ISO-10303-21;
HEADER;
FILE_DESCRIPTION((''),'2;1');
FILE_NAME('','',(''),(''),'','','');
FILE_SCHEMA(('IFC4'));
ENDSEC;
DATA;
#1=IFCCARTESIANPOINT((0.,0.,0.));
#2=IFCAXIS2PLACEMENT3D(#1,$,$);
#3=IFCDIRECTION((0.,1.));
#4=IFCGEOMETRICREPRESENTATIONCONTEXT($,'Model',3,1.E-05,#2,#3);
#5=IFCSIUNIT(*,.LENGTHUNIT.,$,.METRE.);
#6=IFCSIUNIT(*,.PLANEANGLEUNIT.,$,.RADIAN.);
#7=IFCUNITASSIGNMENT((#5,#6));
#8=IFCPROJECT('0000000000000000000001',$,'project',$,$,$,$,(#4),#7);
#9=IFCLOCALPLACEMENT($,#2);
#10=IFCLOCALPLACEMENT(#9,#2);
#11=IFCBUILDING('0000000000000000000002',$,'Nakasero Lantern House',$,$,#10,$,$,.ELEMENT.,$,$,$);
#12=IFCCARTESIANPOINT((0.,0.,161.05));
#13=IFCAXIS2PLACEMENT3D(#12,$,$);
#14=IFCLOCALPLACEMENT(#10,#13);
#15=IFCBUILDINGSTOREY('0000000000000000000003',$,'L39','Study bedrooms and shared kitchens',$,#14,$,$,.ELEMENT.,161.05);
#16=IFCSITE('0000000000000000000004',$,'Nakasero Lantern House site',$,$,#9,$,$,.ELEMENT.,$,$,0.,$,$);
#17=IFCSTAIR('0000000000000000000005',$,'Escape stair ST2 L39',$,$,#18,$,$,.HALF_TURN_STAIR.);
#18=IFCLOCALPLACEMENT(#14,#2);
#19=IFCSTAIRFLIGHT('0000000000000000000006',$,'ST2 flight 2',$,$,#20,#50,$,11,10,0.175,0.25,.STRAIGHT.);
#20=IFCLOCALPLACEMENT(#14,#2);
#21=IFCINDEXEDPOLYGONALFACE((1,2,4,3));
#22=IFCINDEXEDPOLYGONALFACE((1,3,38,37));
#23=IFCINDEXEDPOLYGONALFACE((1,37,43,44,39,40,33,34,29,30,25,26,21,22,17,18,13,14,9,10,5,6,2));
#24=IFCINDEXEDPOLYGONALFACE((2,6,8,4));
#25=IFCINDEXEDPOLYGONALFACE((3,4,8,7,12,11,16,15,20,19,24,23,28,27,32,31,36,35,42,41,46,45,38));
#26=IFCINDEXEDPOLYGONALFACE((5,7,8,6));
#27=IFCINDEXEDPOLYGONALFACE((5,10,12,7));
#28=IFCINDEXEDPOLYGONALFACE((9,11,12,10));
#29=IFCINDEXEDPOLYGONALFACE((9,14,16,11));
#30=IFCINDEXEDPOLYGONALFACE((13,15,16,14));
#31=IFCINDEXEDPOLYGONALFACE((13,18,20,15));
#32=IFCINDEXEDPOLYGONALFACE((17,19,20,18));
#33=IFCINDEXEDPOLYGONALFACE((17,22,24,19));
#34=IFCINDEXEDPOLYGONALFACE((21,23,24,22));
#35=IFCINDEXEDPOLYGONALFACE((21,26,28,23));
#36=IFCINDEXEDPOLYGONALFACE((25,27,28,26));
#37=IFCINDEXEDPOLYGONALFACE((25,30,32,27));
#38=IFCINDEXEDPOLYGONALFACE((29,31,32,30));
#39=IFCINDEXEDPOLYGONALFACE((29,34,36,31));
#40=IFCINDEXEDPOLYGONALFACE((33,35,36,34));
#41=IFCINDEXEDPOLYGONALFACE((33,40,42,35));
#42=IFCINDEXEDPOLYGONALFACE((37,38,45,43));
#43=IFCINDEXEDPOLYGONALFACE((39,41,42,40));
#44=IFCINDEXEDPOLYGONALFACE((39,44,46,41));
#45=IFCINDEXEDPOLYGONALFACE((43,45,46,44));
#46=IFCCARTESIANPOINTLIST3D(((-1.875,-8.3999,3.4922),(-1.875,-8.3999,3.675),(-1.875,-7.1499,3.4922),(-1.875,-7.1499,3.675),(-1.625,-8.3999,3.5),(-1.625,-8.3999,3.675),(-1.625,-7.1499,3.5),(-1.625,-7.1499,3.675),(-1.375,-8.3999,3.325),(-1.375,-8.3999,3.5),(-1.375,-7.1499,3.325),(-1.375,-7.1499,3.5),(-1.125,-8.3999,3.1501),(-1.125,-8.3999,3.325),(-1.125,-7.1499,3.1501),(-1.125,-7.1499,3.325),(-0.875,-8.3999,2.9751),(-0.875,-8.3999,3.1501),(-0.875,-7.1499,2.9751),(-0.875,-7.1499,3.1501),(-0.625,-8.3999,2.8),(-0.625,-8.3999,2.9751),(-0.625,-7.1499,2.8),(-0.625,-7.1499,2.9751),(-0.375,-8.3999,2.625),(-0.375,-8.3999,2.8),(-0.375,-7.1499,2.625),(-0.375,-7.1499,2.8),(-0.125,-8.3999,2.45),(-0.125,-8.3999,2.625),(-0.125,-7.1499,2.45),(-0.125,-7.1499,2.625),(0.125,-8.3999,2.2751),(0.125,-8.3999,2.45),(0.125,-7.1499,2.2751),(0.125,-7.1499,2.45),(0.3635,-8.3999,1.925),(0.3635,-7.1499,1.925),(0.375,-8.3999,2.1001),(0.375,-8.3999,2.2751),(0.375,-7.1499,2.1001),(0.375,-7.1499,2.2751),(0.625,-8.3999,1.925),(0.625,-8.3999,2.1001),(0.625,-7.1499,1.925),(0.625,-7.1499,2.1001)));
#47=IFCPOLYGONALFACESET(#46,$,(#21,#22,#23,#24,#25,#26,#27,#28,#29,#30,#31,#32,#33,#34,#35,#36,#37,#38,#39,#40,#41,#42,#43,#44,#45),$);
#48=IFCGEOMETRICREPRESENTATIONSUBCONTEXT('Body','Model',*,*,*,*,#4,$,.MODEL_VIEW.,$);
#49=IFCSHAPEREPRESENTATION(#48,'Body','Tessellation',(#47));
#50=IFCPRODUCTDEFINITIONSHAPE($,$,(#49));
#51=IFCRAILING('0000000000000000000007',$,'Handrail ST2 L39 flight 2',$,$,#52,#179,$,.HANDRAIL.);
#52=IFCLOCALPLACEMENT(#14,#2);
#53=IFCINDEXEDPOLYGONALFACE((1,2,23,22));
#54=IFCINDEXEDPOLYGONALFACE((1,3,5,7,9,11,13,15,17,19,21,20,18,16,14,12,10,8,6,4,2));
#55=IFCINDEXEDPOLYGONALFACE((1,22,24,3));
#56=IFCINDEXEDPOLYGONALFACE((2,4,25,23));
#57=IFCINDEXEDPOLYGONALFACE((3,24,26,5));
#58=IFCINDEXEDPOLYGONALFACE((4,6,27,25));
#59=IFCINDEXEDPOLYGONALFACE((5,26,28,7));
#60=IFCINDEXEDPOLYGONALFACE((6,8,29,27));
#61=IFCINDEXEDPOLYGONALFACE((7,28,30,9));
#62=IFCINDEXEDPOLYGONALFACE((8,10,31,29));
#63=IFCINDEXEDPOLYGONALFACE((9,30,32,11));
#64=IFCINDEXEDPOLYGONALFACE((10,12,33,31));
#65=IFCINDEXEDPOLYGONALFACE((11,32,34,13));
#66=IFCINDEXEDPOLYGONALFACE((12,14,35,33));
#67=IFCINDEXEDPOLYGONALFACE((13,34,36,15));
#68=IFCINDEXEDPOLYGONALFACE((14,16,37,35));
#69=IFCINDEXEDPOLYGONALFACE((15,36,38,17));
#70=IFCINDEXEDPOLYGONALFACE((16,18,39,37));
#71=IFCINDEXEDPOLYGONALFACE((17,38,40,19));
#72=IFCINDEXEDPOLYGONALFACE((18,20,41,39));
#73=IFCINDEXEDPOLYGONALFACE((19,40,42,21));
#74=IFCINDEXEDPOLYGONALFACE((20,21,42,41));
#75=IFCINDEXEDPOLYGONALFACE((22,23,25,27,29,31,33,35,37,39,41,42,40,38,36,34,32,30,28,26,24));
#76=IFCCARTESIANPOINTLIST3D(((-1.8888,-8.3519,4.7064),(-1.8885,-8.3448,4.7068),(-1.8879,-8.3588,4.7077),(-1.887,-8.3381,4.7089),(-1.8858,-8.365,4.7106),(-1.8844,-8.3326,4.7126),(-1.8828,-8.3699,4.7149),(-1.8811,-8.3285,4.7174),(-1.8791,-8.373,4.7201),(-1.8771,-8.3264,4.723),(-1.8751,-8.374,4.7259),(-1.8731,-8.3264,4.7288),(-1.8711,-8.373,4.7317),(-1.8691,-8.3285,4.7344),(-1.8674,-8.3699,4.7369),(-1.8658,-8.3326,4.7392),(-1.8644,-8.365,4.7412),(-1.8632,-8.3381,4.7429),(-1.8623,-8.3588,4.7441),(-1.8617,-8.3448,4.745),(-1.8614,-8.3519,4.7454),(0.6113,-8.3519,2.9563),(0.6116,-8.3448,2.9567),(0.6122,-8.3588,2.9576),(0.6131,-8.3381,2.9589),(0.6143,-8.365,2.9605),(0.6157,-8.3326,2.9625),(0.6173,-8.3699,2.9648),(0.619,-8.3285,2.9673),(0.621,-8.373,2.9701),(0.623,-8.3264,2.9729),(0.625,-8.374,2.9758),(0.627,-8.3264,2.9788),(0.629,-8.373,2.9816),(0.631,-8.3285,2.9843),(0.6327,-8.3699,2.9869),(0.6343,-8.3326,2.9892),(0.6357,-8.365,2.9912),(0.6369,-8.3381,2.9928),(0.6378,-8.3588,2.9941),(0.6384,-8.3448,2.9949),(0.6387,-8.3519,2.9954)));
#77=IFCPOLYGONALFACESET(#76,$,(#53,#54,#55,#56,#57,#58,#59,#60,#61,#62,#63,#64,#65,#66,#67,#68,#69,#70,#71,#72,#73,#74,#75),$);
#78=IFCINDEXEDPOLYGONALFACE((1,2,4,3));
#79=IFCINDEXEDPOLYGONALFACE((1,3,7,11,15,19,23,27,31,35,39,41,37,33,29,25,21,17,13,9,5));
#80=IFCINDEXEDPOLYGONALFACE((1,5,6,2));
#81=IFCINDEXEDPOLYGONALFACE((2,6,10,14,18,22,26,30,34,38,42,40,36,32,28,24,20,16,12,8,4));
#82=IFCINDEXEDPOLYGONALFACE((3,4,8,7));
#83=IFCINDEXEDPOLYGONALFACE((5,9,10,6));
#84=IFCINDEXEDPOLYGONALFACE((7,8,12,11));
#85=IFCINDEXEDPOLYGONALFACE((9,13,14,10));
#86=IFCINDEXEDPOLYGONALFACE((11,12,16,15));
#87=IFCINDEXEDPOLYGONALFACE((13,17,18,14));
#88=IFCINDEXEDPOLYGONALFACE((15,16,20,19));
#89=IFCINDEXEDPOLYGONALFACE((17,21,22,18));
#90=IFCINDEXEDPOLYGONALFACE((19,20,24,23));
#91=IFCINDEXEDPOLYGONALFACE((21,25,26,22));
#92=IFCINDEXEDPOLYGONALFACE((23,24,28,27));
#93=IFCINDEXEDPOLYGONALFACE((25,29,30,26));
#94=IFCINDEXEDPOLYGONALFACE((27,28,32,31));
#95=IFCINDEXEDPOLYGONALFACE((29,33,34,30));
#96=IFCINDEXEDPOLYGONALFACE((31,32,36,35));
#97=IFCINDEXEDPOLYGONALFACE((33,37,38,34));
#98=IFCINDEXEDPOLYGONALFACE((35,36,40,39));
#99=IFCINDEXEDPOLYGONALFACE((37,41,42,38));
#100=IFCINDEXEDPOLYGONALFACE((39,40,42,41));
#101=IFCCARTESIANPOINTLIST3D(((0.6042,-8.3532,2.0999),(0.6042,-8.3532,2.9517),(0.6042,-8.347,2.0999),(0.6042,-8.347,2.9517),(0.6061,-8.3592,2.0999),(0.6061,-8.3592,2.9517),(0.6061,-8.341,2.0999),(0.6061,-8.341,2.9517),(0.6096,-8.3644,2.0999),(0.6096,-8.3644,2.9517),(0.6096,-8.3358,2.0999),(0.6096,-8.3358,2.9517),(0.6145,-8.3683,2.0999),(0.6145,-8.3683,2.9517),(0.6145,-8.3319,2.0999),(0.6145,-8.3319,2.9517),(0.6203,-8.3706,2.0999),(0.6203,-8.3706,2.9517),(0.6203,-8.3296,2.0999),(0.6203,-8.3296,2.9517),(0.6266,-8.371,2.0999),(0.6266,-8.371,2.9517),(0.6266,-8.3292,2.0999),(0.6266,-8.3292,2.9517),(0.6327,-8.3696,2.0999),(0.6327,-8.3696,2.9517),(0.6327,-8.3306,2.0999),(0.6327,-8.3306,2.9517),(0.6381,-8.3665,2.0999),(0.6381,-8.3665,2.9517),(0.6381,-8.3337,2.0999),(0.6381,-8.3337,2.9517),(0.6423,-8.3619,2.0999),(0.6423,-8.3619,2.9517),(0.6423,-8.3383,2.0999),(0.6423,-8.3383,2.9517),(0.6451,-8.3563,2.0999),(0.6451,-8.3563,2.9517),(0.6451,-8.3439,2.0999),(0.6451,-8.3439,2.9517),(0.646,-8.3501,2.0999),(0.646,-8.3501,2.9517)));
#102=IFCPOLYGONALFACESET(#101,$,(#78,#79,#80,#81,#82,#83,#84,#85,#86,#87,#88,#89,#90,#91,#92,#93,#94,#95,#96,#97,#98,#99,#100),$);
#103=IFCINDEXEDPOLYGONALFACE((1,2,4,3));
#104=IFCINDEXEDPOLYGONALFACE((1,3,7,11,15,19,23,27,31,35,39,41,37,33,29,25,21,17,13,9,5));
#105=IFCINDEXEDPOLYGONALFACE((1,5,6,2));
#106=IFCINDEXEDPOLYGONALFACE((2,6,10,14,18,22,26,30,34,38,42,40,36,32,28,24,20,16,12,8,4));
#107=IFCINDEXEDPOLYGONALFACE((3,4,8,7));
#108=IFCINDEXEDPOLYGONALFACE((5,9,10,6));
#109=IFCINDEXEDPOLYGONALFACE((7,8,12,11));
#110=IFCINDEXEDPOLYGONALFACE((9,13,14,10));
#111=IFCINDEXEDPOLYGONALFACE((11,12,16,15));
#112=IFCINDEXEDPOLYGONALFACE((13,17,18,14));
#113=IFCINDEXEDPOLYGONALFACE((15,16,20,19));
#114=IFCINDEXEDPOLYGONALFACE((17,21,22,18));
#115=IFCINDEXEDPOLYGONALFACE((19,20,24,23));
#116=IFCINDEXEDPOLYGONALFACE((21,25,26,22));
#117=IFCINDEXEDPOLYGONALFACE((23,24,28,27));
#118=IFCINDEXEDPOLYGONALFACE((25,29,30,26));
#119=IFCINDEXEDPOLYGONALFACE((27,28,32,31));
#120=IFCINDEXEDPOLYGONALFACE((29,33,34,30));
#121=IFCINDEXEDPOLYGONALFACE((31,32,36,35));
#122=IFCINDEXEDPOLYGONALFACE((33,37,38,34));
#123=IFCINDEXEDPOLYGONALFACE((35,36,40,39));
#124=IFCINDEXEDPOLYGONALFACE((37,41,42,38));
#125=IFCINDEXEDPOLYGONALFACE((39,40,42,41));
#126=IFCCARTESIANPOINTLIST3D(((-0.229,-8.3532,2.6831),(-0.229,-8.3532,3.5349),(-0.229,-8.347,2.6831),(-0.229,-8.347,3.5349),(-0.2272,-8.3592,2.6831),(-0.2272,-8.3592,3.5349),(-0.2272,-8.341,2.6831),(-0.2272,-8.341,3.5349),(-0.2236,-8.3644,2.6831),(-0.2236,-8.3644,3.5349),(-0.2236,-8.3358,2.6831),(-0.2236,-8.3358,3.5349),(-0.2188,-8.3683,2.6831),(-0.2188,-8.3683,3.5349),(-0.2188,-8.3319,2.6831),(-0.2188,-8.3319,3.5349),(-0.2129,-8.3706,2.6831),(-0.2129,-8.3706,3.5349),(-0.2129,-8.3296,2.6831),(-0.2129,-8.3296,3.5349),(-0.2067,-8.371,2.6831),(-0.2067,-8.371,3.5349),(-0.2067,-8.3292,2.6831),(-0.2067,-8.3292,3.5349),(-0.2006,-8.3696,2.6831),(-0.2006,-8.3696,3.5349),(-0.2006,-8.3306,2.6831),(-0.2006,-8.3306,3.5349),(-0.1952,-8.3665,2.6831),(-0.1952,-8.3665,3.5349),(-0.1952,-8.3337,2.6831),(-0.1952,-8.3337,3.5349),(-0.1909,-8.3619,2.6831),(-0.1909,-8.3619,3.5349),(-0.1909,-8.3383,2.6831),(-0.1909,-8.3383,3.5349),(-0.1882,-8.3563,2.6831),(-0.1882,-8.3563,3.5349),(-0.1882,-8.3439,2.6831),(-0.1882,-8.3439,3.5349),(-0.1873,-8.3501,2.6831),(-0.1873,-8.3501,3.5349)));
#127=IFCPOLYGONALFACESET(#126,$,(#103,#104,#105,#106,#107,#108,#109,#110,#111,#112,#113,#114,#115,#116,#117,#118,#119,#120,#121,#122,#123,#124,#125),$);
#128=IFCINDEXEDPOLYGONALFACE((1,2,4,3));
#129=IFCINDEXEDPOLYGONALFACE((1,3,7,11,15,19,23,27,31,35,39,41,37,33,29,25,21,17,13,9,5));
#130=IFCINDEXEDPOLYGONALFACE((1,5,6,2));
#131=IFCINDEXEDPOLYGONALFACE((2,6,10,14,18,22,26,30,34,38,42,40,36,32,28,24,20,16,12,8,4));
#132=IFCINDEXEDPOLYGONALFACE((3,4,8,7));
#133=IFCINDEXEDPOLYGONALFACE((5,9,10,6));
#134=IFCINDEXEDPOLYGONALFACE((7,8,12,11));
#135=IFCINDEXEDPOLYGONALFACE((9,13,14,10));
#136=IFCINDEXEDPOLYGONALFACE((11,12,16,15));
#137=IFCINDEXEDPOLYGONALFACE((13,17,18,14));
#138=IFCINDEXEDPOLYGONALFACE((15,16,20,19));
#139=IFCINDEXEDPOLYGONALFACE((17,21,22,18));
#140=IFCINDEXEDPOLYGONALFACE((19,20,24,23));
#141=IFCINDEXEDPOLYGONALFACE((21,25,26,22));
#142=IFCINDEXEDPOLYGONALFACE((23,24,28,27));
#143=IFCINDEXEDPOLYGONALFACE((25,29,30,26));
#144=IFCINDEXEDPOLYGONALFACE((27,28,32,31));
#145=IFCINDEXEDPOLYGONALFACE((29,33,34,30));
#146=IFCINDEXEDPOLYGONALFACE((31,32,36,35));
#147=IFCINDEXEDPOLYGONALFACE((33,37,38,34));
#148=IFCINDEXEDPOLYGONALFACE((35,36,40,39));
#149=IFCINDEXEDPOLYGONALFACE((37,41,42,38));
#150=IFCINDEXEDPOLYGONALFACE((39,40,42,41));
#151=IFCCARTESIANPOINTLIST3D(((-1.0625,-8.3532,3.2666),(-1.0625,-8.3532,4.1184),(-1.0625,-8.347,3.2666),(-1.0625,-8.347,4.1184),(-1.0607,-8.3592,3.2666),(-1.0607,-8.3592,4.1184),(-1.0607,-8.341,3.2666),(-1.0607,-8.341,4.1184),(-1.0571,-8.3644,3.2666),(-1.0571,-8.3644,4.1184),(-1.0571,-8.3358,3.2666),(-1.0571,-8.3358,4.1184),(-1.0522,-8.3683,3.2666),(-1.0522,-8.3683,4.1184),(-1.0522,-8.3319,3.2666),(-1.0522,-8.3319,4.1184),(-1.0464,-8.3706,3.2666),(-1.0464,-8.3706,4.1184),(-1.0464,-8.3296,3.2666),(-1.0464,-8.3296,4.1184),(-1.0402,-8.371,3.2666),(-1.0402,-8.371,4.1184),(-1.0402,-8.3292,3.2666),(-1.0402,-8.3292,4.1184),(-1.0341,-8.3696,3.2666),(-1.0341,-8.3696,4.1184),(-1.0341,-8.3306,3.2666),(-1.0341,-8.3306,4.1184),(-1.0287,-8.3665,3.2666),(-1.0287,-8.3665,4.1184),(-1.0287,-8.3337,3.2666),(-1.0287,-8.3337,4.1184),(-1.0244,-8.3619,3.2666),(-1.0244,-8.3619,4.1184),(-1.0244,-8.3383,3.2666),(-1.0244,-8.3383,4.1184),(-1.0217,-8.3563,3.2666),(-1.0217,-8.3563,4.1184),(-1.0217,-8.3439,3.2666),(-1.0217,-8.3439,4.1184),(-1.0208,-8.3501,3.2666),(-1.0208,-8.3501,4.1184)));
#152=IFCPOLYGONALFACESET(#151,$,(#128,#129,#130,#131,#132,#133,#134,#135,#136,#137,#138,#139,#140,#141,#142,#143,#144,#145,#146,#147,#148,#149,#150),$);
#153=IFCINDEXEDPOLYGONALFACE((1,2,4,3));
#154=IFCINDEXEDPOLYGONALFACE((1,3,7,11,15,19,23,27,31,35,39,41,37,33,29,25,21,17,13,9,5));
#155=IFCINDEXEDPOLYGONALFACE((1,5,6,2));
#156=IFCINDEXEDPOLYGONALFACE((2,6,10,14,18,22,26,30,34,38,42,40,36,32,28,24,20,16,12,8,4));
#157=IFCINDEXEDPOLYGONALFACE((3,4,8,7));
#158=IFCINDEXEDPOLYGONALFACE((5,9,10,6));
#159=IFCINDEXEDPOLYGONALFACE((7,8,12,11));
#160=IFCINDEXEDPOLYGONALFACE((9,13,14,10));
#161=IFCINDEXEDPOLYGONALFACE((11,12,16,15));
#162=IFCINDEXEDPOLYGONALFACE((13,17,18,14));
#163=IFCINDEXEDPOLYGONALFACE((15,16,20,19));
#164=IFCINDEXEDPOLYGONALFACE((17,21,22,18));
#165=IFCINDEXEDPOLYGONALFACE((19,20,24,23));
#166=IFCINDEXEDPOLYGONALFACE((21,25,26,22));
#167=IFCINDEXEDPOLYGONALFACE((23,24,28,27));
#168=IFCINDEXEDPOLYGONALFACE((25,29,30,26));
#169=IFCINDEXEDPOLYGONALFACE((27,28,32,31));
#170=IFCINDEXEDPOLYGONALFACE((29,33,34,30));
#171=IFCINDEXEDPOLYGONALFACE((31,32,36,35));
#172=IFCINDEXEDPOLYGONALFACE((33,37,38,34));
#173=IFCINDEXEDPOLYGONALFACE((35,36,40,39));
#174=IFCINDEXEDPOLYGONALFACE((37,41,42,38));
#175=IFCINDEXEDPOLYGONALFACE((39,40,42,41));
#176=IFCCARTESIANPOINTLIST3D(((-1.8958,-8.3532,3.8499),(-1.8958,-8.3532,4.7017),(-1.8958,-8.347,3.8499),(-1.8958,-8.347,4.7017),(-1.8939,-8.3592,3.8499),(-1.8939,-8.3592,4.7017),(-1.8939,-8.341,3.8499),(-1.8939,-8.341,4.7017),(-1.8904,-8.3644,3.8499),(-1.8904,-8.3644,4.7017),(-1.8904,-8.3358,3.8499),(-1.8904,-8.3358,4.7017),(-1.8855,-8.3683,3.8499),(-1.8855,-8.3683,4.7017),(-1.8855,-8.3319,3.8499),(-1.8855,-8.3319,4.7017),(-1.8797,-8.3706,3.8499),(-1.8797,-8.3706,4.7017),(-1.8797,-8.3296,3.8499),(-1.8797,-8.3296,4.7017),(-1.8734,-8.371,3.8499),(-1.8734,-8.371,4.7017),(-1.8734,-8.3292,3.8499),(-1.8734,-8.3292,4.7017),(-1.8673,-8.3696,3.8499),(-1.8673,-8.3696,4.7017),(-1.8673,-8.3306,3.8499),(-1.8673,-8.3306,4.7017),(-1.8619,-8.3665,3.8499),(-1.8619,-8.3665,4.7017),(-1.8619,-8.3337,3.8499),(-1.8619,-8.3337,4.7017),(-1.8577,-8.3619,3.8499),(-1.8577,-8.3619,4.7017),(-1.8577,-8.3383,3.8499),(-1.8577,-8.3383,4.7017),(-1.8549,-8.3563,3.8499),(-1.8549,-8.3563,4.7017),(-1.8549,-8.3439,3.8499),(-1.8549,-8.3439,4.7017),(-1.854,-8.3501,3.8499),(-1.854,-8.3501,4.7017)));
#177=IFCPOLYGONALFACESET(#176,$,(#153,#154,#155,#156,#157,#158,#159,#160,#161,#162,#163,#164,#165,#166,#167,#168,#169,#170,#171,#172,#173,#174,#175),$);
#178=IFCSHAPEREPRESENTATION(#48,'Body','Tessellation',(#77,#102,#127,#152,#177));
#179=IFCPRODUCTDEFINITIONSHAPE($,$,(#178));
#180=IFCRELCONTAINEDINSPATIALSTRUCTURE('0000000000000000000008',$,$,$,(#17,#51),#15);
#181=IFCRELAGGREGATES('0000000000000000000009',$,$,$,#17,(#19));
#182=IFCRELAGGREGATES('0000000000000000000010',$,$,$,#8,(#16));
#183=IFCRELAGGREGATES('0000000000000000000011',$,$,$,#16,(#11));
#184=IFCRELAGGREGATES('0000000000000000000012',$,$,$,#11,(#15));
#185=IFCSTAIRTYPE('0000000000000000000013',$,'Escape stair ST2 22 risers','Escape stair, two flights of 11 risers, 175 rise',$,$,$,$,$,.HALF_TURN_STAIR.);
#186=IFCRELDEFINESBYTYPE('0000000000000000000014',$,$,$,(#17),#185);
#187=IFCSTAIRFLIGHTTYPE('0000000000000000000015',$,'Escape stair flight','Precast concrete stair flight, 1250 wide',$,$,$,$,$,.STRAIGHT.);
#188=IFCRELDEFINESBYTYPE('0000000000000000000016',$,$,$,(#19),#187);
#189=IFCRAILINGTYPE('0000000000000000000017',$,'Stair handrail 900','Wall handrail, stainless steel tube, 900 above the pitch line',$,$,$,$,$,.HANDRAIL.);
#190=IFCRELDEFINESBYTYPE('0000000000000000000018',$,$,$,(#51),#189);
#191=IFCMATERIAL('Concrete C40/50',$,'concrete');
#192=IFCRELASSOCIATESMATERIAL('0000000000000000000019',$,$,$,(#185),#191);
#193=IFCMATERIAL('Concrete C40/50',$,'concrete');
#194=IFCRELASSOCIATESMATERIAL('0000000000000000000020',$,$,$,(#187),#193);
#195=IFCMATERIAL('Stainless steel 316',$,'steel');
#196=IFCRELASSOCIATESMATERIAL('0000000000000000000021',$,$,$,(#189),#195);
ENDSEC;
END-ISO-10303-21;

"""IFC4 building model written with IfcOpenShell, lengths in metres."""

from ifc_helpers import new_model, si_unit, direction, frame, origin, origin_2d, place, context, subcontext, project, spatial, polyline, circle, outline, extrude, material, type_object, element, aggregate, save


model = new_model("IFC4")

# Units and contexts
model_context = context("Model", 3, precision=1e-05, world=origin(), true_north=direction((0.0, 1.0)))
body_context = subcontext(model_context, "Body", "Model", "MODEL_VIEW")
ifc_project = project(units=[si_unit("LENGTHUNIT", "METRE"), si_unit("PLANEANGLEUNIT", "RADIAN")], contexts=[model_context])

# Site, building, storey
site_placement = place(None, origin())
site = spatial("IfcSite", under=ifc_project, at=site_placement, Name="Nakasero Lantern House site", CompositionType="ELEMENT", RefElevation=0.0)
building_placement = place(site_placement, origin())
building = spatial("IfcBuilding", under=site, at=building_placement, Name="Nakasero Lantern House", CompositionType="ELEMENT")
storey_placement = place(building_placement, frame((0.0, 0.0, 161.05)))
storey = spatial("IfcBuildingStorey", under=building, at=storey_placement, Name="L39", Description="Study bedrooms and shared kitchens", CompositionType="ELEMENT", Elevation=161.05)

# Stair, stair flight
ifc_material_1 = material(Name="Concrete C40/50", Category="concrete")
stair_type = type_object("IfcStairType", Name="Escape stair ST2 22 risers", Description="Escape stair, two flights of 11 risers, 175 rise", PredefinedType="HALF_TURN_STAIR", material=ifc_material_1)
stair_placement = place(storey_placement, origin())
stair = element("IfcStair", 1, at=stair_placement, inside=storey, type_object=stair_type, Name="Escape stair ST2 L39", PredefinedType="HALF_TURN_STAIR")
ifc_material_2 = material(Name="Concrete C40/50", Category="concrete")
stair_flight_type = type_object("IfcStairFlightType", Name="Escape stair flight", Description="Precast concrete stair flight, 1250 wide", PredefinedType="STRAIGHT", material=ifc_material_2)
stair_flight_placement = place(storey_placement, frame((0.625, -7.7749, 1.925), z_axis=(0.0, 0.0, 1.0), x_axis=(-1.0, 0.0, 0.0)))
stair_flight = element("IfcStairFlight", 2, at=stair_flight_placement, type_object=stair_flight_type, Name="ST2 flight 2", NumberOfRisers=11, NumberOfTreads=10, PredefinedType="STRAIGHT", RiserHeight=0.175, TreadLength=0.25, context=body_context, shape_type="SweptSolid", body=[
    extrude(outline(polyline([(0.0, 0.0), (0.0, 0.175), (0.25, 0.175), (0.25, 0.3501), (0.5, 0.3501), (0.5, 0.5249), (0.75, 0.5249), (0.75, 0.7), (1.0, 0.7), (1.0, 0.875), (1.25, 0.875), (1.25, 1.05), (1.5, 1.05), (1.5, 1.2251), (1.75, 1.2251), (1.75, 1.3999), (2.0, 1.3999), (2.0, 1.575), (2.25, 1.575), (2.25, 1.75), (2.5, 1.75), (2.5, 1.925), (2.5, 1.5671), (0.2615, 0.0), (0.0, 0.0)])), frame((0.0, 0.625, 0.0), z_axis=(0.0, -1.0, 0.0), x_axis=(1.0, 0.0, 0.0)), (0.0, 0.0, 1.0), 1.25),
])
aggregate(stair, [stair_flight])

# Railing
ifc_material_3 = material(Name="Stainless steel 316", Category="steel")
railing_type = type_object("IfcRailingType", Name="Stair handrail 900", Description="Wall handrail, stainless steel tube, 900 above the pitch line", PredefinedType="HANDRAIL", material=ifc_material_3)
railing_placement = place(storey_placement, frame((0.625, -8.3501, 2.0999)))
element("IfcRailing", 3, at=railing_placement, inside=storey, type_object=railing_type, Name="Handrail ST2 L39 flight 2", PredefinedType="HANDRAIL", context=body_context, shape_type="SweptSolid", body=[
    extrude(circle(Radius=0.0239, at=origin_2d()), frame((0.0, 0.0, 0.876), z_axis=(-0.819232, 0.0, 0.573462), x_axis=(0.0, -1.0, 0.0)), (0.0, 0.0, 1.0), 3.0518),
    extrude(circle(Radius=0.021, at=origin_2d()), origin(), (0.0, 0.0, 1.0), 0.8518),
    extrude(circle(Radius=0.021, at=origin_2d()), frame((-0.8333, 0.0, 0.5833)), (0.0, 0.0, 1.0), 0.8518),
    extrude(circle(Radius=0.021, at=origin_2d()), frame((-1.6667, 0.0, 1.1667)), (0.0, 0.0, 1.0), 0.8518),
    extrude(circle(Radius=0.021, at=origin_2d()), frame((-2.5, 0.0, 1.75)), (0.0, 0.0, 1.0), 0.8518),
])

save(model, "model.ifc")
